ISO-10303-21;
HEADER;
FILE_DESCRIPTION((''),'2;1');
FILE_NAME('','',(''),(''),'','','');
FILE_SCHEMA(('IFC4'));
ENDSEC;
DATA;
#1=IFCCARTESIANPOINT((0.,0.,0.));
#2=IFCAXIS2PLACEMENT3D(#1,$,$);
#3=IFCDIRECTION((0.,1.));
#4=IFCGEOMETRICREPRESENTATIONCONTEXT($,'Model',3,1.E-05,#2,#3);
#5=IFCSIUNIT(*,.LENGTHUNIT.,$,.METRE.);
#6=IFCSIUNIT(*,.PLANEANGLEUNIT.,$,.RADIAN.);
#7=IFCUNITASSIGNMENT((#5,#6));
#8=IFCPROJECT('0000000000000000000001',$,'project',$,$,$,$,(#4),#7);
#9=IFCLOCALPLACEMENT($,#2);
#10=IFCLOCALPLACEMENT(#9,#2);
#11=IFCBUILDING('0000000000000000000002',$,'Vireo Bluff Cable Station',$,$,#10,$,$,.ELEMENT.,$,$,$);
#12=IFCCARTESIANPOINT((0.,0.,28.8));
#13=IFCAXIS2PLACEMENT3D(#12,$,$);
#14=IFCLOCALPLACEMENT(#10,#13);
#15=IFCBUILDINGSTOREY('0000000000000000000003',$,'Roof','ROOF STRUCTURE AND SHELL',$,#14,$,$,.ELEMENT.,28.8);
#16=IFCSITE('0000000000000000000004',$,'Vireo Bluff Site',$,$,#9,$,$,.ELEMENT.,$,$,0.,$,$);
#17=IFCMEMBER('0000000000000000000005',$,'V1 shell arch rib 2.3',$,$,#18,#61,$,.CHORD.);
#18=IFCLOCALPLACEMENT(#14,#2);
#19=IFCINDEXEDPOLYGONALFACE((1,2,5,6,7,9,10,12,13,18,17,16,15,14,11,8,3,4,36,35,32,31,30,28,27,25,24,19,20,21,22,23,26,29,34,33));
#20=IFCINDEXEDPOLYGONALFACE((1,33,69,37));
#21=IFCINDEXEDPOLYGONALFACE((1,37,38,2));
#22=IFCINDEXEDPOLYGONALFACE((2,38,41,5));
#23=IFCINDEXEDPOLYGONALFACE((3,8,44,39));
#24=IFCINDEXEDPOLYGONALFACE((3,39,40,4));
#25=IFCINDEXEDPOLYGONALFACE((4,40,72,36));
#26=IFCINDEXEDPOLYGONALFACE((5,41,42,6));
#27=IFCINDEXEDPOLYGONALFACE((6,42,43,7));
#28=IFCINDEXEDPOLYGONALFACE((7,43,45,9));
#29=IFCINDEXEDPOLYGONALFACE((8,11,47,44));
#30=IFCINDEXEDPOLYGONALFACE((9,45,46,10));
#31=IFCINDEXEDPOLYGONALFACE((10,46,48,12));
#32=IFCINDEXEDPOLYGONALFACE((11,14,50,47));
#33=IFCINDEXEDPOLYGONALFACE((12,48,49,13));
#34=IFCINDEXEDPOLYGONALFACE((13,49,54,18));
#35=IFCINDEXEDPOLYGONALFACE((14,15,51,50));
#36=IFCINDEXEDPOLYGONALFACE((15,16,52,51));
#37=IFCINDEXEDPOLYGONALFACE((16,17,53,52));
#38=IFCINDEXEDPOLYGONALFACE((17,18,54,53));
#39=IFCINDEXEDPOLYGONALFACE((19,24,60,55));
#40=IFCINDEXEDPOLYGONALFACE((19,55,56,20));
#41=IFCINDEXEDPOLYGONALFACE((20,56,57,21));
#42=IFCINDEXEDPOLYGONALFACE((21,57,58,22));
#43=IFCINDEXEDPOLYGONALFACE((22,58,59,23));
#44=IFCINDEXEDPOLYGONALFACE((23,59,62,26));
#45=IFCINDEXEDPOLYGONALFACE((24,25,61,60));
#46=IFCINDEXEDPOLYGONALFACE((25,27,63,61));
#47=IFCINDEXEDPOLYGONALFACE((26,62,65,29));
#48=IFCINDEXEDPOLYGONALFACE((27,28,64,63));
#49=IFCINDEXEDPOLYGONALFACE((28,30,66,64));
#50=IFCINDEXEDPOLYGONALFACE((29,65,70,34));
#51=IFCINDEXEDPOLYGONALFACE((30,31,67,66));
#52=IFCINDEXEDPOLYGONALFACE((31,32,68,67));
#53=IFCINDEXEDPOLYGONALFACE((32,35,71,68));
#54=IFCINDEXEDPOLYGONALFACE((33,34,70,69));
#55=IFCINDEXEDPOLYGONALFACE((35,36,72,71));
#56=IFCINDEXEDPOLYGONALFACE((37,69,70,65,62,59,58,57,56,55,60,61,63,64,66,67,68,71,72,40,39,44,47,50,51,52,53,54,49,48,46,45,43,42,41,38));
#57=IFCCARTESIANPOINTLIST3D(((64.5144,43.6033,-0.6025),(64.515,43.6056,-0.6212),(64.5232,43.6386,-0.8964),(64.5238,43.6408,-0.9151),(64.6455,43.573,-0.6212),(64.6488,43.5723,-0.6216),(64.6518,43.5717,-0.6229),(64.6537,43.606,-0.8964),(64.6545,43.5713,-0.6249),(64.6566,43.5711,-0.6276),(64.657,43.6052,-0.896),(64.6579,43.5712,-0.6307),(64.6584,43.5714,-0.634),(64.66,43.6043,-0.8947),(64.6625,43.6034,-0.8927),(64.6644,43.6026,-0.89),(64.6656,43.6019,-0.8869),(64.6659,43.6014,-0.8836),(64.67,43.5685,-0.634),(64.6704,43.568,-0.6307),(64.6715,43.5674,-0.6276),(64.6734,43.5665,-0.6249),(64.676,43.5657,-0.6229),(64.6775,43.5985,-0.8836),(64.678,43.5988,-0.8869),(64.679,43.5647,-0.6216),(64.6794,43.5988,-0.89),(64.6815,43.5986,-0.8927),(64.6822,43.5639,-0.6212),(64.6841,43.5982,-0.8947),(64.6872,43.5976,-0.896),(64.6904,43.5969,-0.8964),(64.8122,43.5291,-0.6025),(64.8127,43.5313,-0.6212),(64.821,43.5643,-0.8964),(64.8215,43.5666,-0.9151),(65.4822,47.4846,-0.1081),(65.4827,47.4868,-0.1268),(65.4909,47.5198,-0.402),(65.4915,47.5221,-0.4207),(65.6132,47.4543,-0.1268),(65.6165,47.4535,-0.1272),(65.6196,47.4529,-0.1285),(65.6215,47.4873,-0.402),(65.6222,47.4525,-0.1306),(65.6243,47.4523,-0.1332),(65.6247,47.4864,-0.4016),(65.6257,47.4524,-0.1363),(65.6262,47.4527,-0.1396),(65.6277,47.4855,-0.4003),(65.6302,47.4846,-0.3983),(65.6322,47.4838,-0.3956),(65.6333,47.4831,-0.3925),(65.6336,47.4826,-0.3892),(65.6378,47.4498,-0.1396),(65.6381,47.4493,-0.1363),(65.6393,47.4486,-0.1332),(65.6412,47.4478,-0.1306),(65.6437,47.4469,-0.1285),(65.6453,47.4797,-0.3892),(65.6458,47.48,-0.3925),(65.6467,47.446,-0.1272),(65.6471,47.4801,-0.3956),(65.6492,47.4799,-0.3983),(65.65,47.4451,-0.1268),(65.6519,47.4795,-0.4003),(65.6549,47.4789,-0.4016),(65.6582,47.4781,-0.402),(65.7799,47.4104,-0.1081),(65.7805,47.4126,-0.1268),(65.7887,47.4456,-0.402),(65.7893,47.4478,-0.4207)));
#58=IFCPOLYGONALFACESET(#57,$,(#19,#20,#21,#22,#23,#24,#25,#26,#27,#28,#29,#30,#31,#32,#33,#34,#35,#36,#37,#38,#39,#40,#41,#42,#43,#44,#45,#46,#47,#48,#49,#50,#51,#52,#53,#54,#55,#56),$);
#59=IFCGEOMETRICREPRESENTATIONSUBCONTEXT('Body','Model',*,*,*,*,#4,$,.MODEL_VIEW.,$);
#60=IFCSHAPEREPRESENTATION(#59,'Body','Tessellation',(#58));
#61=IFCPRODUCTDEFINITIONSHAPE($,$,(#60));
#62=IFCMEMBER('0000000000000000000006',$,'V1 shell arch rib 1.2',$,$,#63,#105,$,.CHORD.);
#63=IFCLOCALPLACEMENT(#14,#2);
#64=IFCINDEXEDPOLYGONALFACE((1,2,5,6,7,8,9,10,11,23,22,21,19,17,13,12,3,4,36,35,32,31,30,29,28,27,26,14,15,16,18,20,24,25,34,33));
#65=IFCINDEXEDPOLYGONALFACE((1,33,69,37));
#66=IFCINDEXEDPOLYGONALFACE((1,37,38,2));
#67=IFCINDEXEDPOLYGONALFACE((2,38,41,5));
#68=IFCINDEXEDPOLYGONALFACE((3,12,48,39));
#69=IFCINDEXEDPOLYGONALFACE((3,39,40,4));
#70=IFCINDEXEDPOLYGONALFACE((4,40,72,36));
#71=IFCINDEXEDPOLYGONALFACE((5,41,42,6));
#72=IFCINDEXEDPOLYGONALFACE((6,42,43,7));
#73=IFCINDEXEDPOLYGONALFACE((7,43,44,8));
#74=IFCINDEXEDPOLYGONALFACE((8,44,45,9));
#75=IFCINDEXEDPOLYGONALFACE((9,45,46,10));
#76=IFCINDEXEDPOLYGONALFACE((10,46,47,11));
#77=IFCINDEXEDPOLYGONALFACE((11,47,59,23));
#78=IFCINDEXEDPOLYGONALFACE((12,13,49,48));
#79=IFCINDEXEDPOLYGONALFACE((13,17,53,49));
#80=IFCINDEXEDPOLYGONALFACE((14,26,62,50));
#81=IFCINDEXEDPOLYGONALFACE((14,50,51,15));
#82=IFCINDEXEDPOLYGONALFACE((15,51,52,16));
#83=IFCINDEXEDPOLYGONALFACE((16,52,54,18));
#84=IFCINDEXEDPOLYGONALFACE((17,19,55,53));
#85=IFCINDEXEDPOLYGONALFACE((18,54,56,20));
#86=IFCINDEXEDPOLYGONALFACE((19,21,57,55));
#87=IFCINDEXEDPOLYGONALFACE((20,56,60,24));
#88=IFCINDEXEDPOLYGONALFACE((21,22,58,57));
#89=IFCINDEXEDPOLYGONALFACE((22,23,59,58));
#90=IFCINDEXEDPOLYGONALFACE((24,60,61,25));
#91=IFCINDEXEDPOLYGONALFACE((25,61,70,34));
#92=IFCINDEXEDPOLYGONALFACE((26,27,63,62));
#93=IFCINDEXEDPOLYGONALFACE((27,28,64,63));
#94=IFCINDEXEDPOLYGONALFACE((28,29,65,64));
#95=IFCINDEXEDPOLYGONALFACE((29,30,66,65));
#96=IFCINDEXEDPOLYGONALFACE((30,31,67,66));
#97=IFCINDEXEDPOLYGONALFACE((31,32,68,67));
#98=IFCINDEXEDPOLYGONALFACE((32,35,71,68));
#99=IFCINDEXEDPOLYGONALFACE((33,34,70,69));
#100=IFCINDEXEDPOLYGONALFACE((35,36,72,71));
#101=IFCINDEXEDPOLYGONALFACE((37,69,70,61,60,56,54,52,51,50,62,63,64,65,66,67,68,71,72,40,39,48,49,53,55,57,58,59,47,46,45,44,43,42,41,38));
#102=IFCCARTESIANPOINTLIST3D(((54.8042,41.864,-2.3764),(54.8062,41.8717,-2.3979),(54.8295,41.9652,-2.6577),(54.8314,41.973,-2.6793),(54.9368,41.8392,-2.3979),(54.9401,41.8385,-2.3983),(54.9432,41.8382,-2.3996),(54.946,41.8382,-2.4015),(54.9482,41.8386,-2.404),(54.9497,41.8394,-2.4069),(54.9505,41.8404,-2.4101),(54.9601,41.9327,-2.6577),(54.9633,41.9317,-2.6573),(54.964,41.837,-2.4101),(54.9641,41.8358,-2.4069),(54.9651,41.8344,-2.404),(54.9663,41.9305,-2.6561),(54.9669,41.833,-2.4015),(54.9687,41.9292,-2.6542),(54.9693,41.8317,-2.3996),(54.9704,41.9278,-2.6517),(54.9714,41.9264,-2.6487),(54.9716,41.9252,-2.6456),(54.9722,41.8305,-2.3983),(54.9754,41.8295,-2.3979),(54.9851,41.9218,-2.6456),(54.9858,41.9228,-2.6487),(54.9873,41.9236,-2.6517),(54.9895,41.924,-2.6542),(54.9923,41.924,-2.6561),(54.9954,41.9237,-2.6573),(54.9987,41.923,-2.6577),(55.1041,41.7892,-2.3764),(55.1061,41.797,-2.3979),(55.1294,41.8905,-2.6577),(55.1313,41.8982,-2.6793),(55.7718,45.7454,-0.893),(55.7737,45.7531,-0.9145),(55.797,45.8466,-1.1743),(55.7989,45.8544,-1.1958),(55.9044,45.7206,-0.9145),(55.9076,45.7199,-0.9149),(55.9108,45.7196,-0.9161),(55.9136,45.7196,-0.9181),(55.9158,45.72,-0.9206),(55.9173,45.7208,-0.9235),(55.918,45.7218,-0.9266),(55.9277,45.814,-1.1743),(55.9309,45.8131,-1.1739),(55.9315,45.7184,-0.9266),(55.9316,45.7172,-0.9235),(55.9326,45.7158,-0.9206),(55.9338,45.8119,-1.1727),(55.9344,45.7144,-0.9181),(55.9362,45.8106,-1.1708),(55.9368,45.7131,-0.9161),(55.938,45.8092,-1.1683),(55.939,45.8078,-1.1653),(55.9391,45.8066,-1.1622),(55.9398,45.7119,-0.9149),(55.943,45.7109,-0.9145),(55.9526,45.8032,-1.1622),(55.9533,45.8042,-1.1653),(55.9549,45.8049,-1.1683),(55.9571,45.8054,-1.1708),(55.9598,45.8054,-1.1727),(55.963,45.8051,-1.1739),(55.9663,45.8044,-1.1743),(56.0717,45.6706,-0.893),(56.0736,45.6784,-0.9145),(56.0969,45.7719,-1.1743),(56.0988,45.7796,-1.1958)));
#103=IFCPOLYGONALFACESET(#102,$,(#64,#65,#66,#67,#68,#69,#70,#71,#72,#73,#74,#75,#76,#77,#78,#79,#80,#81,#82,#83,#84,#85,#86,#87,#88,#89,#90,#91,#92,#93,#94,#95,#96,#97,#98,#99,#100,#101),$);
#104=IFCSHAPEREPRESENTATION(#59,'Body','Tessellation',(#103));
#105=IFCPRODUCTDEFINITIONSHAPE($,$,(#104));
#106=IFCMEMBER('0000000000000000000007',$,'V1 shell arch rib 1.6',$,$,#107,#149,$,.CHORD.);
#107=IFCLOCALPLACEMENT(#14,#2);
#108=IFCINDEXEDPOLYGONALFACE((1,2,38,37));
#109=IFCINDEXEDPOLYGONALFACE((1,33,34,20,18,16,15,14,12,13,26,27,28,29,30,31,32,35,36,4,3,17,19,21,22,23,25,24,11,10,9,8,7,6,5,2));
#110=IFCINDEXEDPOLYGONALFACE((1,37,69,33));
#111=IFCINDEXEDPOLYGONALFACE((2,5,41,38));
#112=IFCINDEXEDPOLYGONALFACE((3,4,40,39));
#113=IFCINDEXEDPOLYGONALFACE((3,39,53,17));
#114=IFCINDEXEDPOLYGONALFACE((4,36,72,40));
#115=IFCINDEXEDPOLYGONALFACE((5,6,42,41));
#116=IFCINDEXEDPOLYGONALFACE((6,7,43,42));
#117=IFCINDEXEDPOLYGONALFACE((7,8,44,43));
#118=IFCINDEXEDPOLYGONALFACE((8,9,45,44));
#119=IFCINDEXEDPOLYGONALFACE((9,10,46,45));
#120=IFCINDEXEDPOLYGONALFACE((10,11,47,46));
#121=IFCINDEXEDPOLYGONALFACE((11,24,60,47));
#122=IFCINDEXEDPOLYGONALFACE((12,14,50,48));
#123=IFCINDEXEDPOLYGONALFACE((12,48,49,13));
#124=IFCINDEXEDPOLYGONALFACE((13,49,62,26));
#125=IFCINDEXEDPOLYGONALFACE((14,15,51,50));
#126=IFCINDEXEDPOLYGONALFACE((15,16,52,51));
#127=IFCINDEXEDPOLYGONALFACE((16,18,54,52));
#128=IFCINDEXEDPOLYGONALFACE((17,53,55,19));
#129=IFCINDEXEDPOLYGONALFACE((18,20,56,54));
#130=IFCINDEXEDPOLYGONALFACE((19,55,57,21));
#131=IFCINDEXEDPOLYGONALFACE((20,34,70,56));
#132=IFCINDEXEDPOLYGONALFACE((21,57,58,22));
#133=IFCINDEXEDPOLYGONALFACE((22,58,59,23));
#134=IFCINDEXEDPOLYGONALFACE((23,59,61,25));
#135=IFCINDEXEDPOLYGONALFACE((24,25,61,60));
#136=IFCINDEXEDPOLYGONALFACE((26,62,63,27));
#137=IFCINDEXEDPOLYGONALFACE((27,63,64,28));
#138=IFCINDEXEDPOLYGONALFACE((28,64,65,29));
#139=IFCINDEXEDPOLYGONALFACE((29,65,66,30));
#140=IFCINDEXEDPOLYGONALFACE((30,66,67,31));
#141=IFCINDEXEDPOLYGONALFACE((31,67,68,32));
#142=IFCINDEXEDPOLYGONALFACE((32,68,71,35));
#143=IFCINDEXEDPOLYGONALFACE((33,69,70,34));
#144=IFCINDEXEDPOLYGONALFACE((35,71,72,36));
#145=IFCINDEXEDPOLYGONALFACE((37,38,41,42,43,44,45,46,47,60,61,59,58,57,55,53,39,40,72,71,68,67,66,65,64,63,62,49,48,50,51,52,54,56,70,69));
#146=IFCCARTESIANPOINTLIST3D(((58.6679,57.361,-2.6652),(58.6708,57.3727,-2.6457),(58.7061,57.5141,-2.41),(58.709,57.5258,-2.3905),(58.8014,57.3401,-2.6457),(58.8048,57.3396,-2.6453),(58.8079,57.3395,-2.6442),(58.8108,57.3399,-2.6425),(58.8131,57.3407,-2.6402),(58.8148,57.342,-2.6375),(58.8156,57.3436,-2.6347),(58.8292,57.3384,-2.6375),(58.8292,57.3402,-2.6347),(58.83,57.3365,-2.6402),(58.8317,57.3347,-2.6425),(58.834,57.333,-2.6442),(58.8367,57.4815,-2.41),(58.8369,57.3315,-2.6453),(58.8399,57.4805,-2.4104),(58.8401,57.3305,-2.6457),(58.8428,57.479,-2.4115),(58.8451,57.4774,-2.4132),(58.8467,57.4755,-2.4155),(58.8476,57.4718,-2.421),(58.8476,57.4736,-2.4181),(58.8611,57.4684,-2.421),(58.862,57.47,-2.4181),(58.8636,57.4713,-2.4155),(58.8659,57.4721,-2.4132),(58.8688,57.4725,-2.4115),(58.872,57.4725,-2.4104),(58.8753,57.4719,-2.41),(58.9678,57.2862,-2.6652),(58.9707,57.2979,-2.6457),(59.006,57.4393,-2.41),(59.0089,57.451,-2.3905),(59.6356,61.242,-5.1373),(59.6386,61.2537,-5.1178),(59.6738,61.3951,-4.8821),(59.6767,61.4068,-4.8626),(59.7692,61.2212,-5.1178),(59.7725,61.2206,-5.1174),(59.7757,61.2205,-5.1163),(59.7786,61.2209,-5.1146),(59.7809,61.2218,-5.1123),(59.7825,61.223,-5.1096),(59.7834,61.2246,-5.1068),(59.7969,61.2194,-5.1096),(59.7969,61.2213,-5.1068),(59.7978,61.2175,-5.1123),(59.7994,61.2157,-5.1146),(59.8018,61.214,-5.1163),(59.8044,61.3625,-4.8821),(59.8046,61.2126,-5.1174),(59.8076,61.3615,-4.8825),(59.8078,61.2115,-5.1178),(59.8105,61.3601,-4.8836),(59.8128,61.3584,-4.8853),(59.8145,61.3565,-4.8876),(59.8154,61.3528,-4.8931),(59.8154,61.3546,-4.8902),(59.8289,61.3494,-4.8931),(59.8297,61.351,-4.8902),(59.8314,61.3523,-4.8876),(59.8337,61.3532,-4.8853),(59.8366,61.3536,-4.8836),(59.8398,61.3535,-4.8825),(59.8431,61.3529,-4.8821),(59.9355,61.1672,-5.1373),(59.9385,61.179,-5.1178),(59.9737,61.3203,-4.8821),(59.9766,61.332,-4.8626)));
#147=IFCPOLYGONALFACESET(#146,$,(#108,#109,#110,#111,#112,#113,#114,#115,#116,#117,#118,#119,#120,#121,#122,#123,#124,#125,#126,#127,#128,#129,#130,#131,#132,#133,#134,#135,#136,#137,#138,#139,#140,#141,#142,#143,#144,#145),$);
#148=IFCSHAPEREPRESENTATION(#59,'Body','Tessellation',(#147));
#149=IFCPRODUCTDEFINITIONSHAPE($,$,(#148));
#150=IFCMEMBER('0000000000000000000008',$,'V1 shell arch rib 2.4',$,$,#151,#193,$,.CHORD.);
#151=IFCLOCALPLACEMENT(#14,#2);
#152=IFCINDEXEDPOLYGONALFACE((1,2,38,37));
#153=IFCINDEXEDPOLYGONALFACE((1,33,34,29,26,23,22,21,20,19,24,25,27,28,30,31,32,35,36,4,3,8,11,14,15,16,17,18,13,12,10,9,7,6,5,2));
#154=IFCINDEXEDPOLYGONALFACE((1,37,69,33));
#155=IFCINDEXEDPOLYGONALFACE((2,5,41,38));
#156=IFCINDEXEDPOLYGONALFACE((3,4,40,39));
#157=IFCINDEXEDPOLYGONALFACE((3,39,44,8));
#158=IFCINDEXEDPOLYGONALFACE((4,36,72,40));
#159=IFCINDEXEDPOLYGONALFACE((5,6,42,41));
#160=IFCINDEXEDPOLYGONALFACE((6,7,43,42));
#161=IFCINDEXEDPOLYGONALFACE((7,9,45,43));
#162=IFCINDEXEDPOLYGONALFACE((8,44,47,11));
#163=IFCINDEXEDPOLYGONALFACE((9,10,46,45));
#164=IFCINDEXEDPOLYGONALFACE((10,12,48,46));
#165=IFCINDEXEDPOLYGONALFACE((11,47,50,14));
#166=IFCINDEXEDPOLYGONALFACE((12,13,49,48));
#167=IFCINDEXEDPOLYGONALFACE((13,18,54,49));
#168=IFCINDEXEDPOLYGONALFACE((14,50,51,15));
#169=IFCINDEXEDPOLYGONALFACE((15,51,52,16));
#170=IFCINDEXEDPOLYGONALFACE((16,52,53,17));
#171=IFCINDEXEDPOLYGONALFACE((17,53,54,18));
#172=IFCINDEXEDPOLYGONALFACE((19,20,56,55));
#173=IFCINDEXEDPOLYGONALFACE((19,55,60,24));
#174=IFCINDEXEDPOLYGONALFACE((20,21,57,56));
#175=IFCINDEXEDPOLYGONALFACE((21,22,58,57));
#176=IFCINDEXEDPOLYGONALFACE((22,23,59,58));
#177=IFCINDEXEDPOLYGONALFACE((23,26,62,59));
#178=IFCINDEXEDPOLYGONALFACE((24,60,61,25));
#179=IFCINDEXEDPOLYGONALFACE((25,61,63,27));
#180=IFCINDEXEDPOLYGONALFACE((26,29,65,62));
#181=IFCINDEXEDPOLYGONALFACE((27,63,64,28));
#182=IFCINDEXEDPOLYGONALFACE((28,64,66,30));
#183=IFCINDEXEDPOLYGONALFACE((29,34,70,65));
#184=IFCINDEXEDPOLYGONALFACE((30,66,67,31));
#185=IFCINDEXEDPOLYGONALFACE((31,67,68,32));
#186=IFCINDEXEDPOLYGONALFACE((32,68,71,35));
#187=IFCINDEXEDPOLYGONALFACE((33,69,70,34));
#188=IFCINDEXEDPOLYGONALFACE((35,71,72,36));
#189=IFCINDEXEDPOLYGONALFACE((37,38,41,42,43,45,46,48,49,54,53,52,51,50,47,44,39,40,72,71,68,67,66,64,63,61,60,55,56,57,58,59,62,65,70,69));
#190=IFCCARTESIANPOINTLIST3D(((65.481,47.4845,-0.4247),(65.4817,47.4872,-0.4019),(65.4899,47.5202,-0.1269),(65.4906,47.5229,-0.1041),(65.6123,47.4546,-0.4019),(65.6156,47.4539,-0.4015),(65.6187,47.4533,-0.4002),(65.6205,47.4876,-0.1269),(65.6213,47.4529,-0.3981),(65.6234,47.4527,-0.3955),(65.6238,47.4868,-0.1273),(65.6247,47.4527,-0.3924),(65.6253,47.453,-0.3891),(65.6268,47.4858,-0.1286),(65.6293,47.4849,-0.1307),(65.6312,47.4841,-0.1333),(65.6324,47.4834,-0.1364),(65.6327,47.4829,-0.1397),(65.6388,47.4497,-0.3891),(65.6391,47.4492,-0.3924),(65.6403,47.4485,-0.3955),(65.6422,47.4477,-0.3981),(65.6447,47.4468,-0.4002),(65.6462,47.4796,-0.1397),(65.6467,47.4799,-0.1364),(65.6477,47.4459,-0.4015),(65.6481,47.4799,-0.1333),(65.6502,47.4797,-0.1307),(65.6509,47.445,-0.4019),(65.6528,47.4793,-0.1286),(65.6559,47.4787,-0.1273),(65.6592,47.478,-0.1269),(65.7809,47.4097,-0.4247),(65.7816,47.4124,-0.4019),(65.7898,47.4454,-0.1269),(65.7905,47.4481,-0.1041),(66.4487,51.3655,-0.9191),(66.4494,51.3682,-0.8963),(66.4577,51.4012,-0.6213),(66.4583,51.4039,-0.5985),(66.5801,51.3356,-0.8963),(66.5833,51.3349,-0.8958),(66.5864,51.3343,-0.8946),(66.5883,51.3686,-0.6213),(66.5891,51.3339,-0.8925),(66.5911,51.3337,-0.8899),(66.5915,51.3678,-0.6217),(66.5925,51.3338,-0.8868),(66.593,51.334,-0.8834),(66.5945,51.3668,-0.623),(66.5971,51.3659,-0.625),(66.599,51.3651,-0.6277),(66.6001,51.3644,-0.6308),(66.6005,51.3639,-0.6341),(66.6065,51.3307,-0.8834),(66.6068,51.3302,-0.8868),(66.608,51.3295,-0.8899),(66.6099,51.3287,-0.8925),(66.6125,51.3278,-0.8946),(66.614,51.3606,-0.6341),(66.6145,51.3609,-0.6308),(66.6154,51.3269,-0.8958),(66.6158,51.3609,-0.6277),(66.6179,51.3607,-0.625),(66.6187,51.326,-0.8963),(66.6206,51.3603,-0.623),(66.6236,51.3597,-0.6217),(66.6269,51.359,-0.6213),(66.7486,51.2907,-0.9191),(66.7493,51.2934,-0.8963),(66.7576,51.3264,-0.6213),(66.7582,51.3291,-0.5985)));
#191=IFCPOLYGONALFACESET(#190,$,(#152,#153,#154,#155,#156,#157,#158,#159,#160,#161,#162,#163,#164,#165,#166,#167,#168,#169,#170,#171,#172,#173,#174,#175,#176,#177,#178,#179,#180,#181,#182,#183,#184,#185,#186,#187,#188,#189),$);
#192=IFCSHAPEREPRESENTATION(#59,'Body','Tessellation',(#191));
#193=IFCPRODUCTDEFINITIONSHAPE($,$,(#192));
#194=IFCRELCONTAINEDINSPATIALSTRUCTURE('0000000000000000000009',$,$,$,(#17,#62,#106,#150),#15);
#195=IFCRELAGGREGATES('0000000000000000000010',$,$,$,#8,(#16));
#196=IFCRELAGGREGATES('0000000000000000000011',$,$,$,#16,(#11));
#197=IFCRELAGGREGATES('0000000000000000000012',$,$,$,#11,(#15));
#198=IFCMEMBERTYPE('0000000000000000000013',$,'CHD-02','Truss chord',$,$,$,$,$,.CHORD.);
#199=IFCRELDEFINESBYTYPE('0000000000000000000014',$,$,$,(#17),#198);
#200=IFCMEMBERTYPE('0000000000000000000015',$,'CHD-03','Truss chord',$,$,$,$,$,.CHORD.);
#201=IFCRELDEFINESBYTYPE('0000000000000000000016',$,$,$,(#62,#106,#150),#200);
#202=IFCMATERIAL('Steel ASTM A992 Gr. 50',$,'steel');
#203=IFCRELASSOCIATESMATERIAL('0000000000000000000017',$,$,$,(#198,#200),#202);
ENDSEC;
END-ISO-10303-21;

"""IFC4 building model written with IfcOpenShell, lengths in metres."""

from ifc_helpers import new_model, si_unit, direction, frame, origin, origin_2d, place, context, subcontext, project, spatial, i_section, extrude, material, material_profile, profile_set, type_object, element, save


model = new_model("IFC4")

# Units and contexts
model_context = context("Model", 3, precision=1e-05, world=origin(), true_north=direction((0.0, 1.0)))
body_context = subcontext(model_context, "Body", "Model", "MODEL_VIEW")
ifc_project = project(units=[si_unit("LENGTHUNIT", "METRE"), si_unit("PLANEANGLEUNIT", "RADIAN")], contexts=[model_context])

# Site, building, storey
site_placement = place(None, origin())
site = spatial("IfcSite", under=ifc_project, at=site_placement, Name="Vireo Bluff Site", CompositionType="ELEMENT", RefElevation=0.0)
building_placement = place(site_placement, origin())
building = spatial("IfcBuilding", under=site, at=building_placement, Name="Vireo Bluff Cable Station", CompositionType="ELEMENT")
storey_placement = place(building_placement, frame((0.0, 0.0, 28.8)))
storey = spatial("IfcBuildingStorey", under=building, at=storey_placement, Name="Roof", Description="ROOF STRUCTURE AND SHELL", CompositionType="ELEMENT", Elevation=28.8)

# Members
ifc_material_1 = material(Name="Steel ASTM A992 Gr. 50", Category="steel")
ifc_material_profile_1 = material_profile(ifc_material_1, i_section(OverallWidth=0.3069, OverallDepth=0.3149, WebThickness=0.012, FlangeThickness=0.0188, FilletRadius=0.0129, at=origin_2d()), Name="W12X79")
ifc_profile_set_1 = profile_set([ifc_material_profile_1], Name="Steel ASTM A992 Gr. 50")
member_type_1 = type_object("IfcMemberType", Name="CHD-02", Description="Truss chord", PredefinedType="CHORD", material=ifc_profile_set_1)
member_1_placement = place(storey_placement, frame((64.668, 43.585, -0.7588), z_axis=(0.240106, 0.962966, 0.122657), x_axis=(-0.970293, 0.241932, 0.0)))
element("IfcMember", 1, at=member_1_placement, inside=storey, type_object=member_type_1, Name="V1 shell arch rib 2.3", PredefinedType="CHORD", context=body_context, shape_type="SweptSolid", body=[
    extrude(i_section(OverallWidth=0.3069, OverallDepth=0.3149, WebThickness=0.012, FlangeThickness=0.0188, FilletRadius=0.0129, at=origin_2d()), origin(), (0.0, 0.0, 1.0), 4.0305),
])
ifc_material_profile_2 = material_profile(ifc_material_1, i_section(OverallWidth=0.3091, OverallDepth=0.323, WebThickness=0.0139, FlangeThickness=0.0229, FilletRadius=0.0129, at=origin_2d()), Name="W12X96")
ifc_profile_set_2 = profile_set([ifc_material_profile_2], Name="Steel ASTM A992 Gr. 50")
member_type_2 = type_object("IfcMemberType", Name="CHD-03", Description="Truss chord", PredefinedType="CHORD", material=ifc_profile_set_2)
member_2_placement = place(storey_placement, frame((54.9678, 41.8811, -2.5278), z_axis=(0.226783, 0.909766, 0.3477), x_axis=(-0.970307, 0.241875, 0.0)))
element("IfcMember", 2, at=member_2_placement, inside=storey, type_object=member_type_2, Name="V1 shell arch rib 1.2", PredefinedType="CHORD", context=body_context, shape_type="SweptSolid", body=[
    extrude(i_section(OverallWidth=0.3091, OverallDepth=0.323, WebThickness=0.0139, FlangeThickness=0.0229, FilletRadius=0.0129, at=origin_2d()), origin(), (0.0, 0.0, 1.0), 4.2664),
])
member_3_placement = place(storey_placement, frame((58.8384, 57.406, -2.5278), z_axis=(0.205811, 0.825371, -0.525741), x_axis=(-0.97029, 0.241947, 0.0)))
element("IfcMember", 3, at=member_3_placement, inside=storey, type_object=member_type_2, Name="V1 shell arch rib 1.6", PredefinedType="CHORD", context=body_context, shape_type="SweptSolid", body=[
    extrude(i_section(OverallWidth=0.3091, OverallDepth=0.323, WebThickness=0.0139, FlangeThickness=0.0229, FilletRadius=0.0129, at=origin_2d()), origin(), (0.0, 0.0, 1.0), 4.7021),
])
member_4_placement = place(storey_placement, frame((65.6357, 47.4663, -0.2644), z_axis=(0.24012, 0.962962, -0.122665), x_axis=(-0.97029, 0.241947, 0.0)))
element("IfcMember", 4, at=member_4_placement, inside=storey, type_object=member_type_2, Name="V1 shell arch rib 2.4", PredefinedType="CHORD", context=body_context, shape_type="SweptSolid", body=[
    extrude(i_section(OverallWidth=0.3091, OverallDepth=0.323, WebThickness=0.0139, FlangeThickness=0.0229, FilletRadius=0.0129, at=origin_2d()), origin(), (0.0, 0.0, 1.0), 4.0303),
])

save(model, "model.ifc")
